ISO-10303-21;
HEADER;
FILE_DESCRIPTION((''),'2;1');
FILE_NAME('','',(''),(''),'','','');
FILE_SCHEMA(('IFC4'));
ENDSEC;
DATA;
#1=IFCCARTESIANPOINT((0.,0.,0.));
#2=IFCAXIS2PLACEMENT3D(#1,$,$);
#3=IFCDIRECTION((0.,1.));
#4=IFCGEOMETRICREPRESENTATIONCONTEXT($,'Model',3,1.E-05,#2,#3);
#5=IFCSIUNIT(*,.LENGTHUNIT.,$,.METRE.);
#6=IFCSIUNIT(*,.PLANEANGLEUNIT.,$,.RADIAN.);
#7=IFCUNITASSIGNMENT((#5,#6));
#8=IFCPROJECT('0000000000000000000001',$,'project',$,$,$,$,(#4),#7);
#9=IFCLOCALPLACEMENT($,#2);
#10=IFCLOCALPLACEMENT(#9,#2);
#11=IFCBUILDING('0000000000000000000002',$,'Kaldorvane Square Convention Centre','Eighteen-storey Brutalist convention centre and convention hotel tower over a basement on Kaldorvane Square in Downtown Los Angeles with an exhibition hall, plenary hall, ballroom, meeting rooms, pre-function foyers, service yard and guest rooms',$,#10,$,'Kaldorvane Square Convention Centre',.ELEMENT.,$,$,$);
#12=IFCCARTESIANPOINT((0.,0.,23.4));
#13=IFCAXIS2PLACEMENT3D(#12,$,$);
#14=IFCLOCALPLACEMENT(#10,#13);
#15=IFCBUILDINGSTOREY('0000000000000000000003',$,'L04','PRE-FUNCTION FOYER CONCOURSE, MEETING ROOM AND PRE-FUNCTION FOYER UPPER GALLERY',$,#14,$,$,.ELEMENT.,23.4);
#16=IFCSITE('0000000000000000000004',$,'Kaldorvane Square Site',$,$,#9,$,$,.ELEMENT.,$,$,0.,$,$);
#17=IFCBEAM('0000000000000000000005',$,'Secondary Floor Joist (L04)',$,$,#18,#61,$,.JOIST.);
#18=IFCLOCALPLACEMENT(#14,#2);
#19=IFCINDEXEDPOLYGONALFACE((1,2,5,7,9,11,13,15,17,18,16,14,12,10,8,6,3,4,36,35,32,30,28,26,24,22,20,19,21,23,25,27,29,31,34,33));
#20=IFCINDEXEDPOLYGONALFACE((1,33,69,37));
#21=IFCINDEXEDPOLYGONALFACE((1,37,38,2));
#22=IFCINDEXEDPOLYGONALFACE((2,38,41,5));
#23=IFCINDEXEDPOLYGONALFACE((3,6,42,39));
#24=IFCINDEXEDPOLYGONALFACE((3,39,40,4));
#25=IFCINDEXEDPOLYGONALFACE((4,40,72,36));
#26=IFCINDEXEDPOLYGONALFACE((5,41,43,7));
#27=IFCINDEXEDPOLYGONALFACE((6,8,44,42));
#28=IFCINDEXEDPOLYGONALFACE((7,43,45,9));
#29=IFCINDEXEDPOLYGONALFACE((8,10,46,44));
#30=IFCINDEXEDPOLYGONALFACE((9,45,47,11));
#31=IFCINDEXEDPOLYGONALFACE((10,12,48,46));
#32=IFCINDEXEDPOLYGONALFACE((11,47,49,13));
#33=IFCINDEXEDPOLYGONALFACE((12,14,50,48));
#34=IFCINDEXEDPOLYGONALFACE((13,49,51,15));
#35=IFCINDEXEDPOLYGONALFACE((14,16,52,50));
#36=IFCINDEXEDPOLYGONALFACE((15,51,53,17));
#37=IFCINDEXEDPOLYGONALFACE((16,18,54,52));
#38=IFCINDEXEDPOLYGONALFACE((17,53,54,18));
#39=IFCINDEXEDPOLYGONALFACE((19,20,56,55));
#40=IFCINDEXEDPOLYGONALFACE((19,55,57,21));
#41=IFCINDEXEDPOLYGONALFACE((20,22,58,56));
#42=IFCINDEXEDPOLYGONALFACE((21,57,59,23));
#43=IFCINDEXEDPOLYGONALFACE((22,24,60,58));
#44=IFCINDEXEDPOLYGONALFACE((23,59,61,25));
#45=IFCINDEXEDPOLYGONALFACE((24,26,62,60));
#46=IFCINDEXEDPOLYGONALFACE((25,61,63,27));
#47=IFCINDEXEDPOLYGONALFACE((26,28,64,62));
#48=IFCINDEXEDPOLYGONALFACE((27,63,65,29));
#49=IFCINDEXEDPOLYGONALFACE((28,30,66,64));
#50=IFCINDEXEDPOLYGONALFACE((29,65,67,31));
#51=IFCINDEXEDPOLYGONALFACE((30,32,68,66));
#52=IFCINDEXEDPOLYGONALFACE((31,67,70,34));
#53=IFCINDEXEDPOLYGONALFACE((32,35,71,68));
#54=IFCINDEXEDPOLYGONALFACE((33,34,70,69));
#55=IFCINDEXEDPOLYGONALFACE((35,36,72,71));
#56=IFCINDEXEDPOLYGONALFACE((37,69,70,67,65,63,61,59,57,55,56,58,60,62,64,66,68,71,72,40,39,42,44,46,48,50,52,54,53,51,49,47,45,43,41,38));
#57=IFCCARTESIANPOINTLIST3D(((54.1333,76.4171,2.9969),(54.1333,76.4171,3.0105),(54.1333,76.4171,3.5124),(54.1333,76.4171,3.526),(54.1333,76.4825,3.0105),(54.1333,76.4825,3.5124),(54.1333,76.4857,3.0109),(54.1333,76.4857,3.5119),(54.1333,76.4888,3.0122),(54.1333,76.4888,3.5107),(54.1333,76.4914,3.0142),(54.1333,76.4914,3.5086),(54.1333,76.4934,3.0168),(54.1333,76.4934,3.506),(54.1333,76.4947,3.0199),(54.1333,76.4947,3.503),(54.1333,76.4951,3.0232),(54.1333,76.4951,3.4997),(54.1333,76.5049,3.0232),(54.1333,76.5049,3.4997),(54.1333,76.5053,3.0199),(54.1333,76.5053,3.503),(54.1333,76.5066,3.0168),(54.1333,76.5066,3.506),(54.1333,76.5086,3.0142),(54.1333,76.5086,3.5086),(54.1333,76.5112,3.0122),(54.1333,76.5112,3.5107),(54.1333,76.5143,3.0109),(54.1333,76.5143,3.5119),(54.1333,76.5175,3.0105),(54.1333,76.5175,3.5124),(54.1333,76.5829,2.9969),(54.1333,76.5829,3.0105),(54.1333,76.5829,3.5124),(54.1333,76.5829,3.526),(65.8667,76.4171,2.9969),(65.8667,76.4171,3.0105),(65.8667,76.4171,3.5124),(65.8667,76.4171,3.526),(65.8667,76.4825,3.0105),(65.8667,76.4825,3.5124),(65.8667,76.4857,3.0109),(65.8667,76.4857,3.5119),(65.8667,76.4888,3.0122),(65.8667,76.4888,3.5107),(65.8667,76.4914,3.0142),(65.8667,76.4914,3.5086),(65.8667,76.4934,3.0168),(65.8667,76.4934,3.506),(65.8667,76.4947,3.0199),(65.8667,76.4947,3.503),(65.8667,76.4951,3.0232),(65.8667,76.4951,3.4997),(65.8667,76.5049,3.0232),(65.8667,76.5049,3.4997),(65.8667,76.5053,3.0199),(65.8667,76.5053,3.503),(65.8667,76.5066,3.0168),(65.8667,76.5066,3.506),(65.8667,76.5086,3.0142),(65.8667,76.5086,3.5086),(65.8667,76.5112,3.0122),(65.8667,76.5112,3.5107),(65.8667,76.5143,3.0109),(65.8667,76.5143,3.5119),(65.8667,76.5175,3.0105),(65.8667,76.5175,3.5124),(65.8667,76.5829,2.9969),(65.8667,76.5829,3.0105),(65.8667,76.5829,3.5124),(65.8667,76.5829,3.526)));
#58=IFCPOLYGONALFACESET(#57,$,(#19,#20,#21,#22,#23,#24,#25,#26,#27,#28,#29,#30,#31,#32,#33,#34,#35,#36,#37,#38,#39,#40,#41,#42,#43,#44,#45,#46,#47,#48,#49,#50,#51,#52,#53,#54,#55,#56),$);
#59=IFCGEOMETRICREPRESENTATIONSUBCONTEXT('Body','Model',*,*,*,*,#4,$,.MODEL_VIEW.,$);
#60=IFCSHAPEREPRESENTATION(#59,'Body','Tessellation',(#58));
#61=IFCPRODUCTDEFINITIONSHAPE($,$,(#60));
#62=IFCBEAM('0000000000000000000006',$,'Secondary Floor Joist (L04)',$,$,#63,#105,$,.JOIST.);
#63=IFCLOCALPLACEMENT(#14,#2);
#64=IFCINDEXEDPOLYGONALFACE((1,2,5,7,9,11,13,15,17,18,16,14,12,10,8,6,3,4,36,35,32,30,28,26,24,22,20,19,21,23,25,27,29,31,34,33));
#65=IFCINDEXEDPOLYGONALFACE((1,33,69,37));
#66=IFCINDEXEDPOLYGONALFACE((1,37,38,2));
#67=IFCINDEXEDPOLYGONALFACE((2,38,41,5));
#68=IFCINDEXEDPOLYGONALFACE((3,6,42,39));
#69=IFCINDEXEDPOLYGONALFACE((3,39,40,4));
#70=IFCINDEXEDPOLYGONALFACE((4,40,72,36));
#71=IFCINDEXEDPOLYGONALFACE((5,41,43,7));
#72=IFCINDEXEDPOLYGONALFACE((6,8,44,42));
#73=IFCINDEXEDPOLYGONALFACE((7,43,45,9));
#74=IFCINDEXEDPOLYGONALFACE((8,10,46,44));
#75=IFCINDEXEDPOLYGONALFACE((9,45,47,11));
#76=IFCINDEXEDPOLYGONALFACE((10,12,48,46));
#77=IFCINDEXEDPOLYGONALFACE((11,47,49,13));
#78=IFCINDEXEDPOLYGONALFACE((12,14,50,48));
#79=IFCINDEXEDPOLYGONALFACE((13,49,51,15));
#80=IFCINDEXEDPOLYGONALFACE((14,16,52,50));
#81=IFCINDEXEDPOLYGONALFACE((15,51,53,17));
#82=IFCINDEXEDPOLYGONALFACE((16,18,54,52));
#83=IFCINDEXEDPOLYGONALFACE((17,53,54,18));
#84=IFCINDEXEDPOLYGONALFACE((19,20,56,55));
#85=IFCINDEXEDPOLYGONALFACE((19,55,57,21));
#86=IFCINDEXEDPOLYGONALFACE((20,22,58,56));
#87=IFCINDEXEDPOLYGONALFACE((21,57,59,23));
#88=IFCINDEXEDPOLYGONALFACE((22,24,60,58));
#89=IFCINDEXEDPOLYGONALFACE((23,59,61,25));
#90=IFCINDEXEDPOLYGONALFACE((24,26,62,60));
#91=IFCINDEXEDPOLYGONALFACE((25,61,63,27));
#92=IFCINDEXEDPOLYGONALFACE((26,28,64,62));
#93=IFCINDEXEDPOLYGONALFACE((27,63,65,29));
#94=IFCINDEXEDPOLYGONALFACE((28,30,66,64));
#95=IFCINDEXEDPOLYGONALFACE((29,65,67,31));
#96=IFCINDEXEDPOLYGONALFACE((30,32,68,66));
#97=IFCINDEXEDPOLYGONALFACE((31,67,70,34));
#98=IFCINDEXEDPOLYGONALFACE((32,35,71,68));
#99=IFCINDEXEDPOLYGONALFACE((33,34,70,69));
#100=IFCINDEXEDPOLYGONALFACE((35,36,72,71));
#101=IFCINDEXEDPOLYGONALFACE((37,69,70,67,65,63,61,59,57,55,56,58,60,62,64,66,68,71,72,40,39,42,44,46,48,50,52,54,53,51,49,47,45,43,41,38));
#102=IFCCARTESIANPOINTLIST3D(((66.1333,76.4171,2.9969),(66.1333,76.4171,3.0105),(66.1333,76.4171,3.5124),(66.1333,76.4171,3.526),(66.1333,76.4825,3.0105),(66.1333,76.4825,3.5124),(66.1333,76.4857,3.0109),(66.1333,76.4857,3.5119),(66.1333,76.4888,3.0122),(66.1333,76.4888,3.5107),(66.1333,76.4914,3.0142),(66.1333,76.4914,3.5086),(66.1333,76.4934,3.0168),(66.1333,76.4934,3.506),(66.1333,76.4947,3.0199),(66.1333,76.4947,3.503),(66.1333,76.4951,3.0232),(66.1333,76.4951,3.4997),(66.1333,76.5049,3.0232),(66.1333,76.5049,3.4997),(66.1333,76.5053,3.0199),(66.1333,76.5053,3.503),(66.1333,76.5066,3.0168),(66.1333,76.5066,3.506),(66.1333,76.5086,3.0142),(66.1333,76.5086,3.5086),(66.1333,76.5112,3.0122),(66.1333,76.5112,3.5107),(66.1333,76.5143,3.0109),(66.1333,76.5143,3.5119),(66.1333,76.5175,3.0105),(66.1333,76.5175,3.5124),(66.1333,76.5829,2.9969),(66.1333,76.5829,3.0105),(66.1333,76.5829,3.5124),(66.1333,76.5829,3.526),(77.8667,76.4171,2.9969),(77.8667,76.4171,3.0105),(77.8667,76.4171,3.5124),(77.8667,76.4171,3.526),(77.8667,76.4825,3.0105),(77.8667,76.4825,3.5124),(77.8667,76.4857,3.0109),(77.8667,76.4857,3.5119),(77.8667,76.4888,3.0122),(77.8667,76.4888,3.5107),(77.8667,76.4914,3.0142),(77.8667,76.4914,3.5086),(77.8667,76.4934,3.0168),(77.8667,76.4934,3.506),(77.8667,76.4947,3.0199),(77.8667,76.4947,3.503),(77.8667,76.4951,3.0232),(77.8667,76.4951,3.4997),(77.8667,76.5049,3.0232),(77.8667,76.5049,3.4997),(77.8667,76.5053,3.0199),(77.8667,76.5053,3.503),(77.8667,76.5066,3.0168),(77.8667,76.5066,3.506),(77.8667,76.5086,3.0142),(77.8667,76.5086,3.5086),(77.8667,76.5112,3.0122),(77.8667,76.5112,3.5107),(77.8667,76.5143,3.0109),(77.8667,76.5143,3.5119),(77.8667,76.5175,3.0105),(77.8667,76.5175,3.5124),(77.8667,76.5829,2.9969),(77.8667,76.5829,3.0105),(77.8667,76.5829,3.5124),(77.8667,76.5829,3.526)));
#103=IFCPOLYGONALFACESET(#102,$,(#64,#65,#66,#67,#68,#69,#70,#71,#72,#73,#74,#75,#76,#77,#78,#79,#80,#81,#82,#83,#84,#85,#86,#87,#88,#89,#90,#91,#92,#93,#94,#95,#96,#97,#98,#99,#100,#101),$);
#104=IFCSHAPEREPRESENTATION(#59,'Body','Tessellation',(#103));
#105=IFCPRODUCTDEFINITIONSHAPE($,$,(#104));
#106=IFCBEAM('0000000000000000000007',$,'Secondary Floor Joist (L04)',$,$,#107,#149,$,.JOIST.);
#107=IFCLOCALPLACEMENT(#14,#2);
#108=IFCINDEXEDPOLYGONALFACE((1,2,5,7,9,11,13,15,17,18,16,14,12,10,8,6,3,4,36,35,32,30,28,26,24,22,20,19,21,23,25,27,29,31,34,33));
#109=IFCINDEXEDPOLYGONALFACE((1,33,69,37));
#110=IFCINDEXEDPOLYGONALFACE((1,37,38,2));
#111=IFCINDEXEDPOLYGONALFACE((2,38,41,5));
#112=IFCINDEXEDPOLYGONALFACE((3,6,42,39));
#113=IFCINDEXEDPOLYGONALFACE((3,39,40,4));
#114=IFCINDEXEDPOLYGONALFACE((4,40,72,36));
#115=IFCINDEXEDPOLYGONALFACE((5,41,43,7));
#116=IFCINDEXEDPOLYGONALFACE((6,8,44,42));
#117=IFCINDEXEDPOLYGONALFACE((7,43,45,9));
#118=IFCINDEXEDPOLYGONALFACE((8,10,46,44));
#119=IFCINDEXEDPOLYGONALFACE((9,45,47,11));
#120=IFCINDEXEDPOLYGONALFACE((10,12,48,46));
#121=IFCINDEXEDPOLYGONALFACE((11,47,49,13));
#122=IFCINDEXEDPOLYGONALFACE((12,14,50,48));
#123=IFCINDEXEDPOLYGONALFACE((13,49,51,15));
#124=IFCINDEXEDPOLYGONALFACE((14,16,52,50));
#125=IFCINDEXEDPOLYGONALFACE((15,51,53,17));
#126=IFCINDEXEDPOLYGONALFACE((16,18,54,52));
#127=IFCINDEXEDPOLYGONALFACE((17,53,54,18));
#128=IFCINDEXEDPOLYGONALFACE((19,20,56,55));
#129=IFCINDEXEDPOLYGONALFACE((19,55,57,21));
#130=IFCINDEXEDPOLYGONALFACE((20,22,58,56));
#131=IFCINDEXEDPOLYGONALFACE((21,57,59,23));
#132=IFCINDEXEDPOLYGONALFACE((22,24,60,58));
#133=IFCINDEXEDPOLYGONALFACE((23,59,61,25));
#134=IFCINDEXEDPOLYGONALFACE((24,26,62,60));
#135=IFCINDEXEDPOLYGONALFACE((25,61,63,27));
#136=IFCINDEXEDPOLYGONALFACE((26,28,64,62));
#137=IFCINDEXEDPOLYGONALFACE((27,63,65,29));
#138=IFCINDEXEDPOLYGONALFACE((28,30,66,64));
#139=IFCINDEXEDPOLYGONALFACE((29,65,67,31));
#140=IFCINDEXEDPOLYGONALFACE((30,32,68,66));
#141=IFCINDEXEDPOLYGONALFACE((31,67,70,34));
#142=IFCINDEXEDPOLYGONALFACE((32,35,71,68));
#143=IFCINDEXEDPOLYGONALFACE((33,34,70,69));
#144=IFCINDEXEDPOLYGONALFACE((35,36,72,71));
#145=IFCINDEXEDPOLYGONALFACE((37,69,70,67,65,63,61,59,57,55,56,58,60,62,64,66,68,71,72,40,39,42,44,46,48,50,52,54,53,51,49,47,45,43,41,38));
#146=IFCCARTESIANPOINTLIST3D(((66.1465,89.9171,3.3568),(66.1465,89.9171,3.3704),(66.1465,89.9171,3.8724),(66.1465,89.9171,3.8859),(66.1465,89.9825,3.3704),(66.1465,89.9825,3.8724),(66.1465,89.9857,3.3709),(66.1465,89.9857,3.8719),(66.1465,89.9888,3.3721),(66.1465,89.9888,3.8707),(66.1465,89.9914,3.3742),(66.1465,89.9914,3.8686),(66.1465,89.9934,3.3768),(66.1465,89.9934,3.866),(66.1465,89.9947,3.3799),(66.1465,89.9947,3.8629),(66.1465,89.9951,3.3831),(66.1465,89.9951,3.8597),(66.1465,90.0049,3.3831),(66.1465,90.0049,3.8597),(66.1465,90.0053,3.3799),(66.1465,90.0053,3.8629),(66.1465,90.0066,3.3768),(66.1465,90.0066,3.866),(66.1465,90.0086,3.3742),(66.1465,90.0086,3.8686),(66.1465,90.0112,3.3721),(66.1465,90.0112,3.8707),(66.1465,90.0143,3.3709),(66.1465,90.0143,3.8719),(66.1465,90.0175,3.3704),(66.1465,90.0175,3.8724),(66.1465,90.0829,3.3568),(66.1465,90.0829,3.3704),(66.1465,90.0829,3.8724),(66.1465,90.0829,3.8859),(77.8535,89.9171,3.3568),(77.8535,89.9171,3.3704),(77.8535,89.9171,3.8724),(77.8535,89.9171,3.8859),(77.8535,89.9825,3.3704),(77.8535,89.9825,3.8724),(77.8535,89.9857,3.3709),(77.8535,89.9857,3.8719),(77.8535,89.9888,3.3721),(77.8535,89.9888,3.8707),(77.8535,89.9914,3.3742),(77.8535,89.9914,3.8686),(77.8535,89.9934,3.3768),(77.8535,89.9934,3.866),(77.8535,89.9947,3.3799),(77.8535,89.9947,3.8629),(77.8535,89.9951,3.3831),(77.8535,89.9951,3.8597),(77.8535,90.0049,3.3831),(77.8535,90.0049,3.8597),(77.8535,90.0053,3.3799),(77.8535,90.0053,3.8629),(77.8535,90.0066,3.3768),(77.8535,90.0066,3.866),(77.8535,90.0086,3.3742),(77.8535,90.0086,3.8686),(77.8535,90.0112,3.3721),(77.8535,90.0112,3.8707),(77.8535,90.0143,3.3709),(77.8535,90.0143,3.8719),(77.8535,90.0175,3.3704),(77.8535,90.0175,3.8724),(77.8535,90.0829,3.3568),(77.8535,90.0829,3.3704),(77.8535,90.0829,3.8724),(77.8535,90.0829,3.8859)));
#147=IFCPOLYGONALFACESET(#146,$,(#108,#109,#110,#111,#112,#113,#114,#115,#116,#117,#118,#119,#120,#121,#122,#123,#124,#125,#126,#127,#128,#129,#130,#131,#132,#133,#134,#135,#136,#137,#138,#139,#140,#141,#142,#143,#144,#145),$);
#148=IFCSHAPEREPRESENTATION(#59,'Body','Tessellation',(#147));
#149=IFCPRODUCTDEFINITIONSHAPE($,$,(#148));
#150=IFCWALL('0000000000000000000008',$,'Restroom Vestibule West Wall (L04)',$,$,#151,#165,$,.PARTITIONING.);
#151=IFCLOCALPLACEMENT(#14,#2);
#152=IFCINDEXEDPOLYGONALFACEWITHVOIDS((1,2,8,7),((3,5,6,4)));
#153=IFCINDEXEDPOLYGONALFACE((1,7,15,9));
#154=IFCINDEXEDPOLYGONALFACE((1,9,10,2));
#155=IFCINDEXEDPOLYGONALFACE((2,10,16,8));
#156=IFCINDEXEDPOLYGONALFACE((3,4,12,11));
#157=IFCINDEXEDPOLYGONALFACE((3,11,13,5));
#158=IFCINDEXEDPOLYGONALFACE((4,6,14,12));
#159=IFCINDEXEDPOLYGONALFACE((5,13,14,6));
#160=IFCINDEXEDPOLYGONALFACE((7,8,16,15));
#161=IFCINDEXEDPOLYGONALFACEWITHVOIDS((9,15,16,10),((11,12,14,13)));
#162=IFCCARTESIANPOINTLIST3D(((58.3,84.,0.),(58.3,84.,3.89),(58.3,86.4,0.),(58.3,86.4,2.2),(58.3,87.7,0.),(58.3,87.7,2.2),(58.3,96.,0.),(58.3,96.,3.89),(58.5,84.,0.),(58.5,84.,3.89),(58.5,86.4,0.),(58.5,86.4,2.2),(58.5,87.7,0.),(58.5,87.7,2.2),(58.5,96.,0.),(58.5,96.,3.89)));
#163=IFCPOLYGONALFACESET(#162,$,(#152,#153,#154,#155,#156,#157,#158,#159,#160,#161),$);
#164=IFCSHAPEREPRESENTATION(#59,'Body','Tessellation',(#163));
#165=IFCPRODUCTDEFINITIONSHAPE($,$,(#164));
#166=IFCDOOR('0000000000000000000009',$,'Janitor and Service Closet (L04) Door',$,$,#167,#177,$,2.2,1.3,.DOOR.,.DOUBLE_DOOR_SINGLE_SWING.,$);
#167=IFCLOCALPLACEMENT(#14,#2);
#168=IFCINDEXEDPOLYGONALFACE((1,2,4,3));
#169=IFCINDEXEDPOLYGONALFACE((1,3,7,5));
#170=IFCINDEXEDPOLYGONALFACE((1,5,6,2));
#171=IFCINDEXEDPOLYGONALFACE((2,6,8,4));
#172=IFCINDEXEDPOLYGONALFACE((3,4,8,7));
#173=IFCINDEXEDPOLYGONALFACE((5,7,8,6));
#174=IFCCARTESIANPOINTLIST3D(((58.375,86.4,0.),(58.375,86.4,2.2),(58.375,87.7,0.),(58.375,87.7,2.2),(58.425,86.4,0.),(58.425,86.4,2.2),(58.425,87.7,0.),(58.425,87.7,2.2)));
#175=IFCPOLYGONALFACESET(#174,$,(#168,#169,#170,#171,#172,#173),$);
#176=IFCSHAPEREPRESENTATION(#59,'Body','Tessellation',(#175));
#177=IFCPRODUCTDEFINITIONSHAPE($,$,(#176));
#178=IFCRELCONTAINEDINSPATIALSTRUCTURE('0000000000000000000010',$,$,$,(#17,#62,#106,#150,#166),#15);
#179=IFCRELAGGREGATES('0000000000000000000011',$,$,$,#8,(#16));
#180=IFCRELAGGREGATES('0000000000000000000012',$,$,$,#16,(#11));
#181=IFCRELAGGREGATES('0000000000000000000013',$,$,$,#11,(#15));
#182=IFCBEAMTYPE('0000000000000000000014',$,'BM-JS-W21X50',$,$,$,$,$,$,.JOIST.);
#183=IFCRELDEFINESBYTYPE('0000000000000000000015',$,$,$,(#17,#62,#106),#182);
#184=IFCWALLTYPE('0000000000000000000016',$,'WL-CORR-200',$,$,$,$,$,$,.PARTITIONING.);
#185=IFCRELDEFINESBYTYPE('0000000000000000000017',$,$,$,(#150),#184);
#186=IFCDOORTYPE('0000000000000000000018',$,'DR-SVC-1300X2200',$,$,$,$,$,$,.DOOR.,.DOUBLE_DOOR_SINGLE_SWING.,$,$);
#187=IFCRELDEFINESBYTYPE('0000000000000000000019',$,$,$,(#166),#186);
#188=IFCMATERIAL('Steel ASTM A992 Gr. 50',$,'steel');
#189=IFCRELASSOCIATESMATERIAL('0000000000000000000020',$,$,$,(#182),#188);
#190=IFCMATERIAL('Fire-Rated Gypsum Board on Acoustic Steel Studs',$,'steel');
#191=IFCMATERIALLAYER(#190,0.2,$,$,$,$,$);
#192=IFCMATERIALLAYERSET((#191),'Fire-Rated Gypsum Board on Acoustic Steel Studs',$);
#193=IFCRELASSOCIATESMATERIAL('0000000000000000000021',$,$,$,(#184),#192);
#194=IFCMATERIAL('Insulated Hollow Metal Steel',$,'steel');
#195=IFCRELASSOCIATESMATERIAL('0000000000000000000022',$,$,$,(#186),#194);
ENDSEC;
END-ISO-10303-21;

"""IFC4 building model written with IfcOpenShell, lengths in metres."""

from ifc_helpers import new_model, si_unit, direction, frame, frame_2d, origin, origin_2d, place, context, subcontext, project, spatial, rectangle, i_section, extrude, material, layer, layer_set, material_profile, profile_set, type_object, element, fill, save


model = new_model("IFC4")

# Units and contexts
model_context = context("Model", 3, precision=1e-05, world=origin(), true_north=direction((0.0, 1.0)))
body_context = subcontext(model_context, "Body", "Model", "MODEL_VIEW")
ifc_project = project(units=[si_unit("LENGTHUNIT", "METRE"), si_unit("PLANEANGLEUNIT", "RADIAN")], contexts=[model_context])

# Site, building, storey
site_placement = place(None, origin())
site = spatial("IfcSite", under=ifc_project, at=site_placement, Name="Kaldorvane Square Site", CompositionType="ELEMENT", RefElevation=0.0)
building_placement = place(site_placement, origin())
building = spatial("IfcBuilding", under=site, at=building_placement, Name="Kaldorvane Square Convention Centre", Description="Eighteen-storey Brutalist convention centre and convention hotel tower over a basement on Kaldorvane Square in Downtown Los Angeles with an exhibition hall, plenary hall, ballroom, meeting rooms, pre-function foyers, service yard and guest rooms", LongName="Kaldorvane Square Convention Centre", CompositionType="ELEMENT")
storey_placement = place(building_placement, frame((0.0, 0.0, 23.4)))
storey = spatial("IfcBuildingStorey", under=building, at=storey_placement, Name="L04", Description="PRE-FUNCTION FOYER CONCOURSE, MEETING ROOM AND PRE-FUNCTION FOYER UPPER GALLERY", CompositionType="ELEMENT", Elevation=23.4)

# Shared definitions
ifc_material_1 = material(Name="Steel ASTM A992 Gr. 50", Category="steel")

# Beams
ifc_material_profile_1 = material_profile(ifc_material_1, i_section(OverallWidth=0.1659, OverallDepth=0.5291, WebThickness=0.0097, FlangeThickness=0.0136, FilletRadius=0.0127, at=origin_2d()), Name="W21X50")
ifc_profile_set_1 = profile_set([ifc_material_profile_1], Name="Steel ASTM A992 Gr. 50")
beam_type_1 = type_object("IfcBeamType", Name="BM-JS-W21X50", PredefinedType="JOIST", material=ifc_profile_set_1)
for number, where, z_axis, x_axis, name in (
    (1, (54.1333, 76.5, 3.2614), (1.0, 0.0, 0.0), (0.0, 1.0, 0.0), "Secondary Floor Joist (L04)"),
    (2, (66.1333, 76.5, 3.2614), (1.0, 0.0, 0.0), (0.0, 1.0, 0.0), "Secondary Floor Joist (L04)"),
):
    element("IfcBeam", number, at=place(storey_placement, frame(where, z_axis=z_axis, x_axis=x_axis)), inside=storey, type_object=beam_type_1, Name=name, PredefinedType="JOIST", context=body_context, shape_type="SweptSolid", body=[
        extrude(i_section(OverallWidth=0.1659, OverallDepth=0.5291, WebThickness=0.0097, FlangeThickness=0.0136, FilletRadius=0.0127, at=origin_2d()), origin(), (0.0, 0.0, 1.0), 11.7334),
    ])
beam_1_placement = place(storey_placement, frame((66.1465, 90.0, 3.6214), z_axis=(1.0, 0.0, 0.0), x_axis=(0.0, 1.0, 0.0)))
element("IfcBeam", 3, at=beam_1_placement, inside=storey, type_object=beam_type_1, Name="Secondary Floor Joist (L04)", PredefinedType="JOIST", context=body_context, shape_type="SweptSolid", body=[
    extrude(i_section(OverallWidth=0.1659, OverallDepth=0.5291, WebThickness=0.0097, FlangeThickness=0.0136, FilletRadius=0.0127, at=origin_2d()), origin(), (0.0, 0.0, 1.0), 11.707),
])

# Wall, opening, door
ifc_material_2 = material(Name="Fire-Rated Gypsum Board on Acoustic Steel Studs", Category="steel")
ifc_layer_1 = layer(ifc_material_2, 0.2)
ifc_layer_set_1 = layer_set([ifc_layer_1], Name="Fire-Rated Gypsum Board on Acoustic Steel Studs")
wall_type_1 = type_object("IfcWallType", Name="WL-CORR-200", PredefinedType="PARTITIONING", material=ifc_layer_set_1)
wall_1_placement = place(storey_placement, frame((58.4, 84.0, 0.0), z_axis=(0.0, 0.0, 1.0), x_axis=(0.0, 1.0, 0.0)))
wall_1 = element("IfcWall", 4, at=wall_1_placement, inside=storey, type_object=wall_type_1, Name="Restroom Vestibule West Wall (L04)", PredefinedType="PARTITIONING", context=body_context, shape_type="SweptSolid", body=[
    extrude(rectangle(XDim=12.0, YDim=0.2, at=frame_2d((6.0, 0.0))), origin(), (0.0, 0.0, 1.0), 3.89),
])
opening_1_placement = place(wall_1_placement, frame((2.4, 0.0, 0.0)))
opening_1 = element("IfcOpeningElement", 5, at=opening_1_placement, cuts=wall_1, PredefinedType="OPENING", context=body_context, shape_type="SweptSolid", body=[
    extrude(rectangle(XDim=1.3, YDim=2.2, at=frame_2d((0.65, 1.1))), frame((0.0, 0.115, 0.0), z_axis=(0.0, -1.0, 0.0), x_axis=(1.0, 0.0, 0.0)), (0.0, 0.0, 1.0), 0.23),
])
ifc_material_3 = material(Name="Insulated Hollow Metal Steel", Category="steel")
door_type_1 = type_object("IfcDoorType", Name="DR-SVC-1300X2200", OperationType="DOUBLE_DOOR_SINGLE_SWING", PredefinedType="DOOR", material=ifc_material_3)
door_1_placement = place(opening_1_placement, origin())
door_1 = element("IfcDoor", 6, at=door_1_placement, inside=storey, type_object=door_type_1, Name="Janitor and Service Closet (L04) Door", OperationType="DOUBLE_DOOR_SINGLE_SWING", OverallHeight=2.2, OverallWidth=1.3, PredefinedType="DOOR", context=body_context, shape_type="SweptSolid", body=[
    extrude(rectangle(XDim=1.3, YDim=2.2, at=frame_2d((0.65, 1.1))), frame((0.0, 0.025, 0.0), z_axis=(0.0, -1.0, 0.0), x_axis=(1.0, 0.0, 0.0)), (0.0, 0.0, 1.0), 0.05),
])
fill(opening_1, door_1)

save(model, "model.ifc")
